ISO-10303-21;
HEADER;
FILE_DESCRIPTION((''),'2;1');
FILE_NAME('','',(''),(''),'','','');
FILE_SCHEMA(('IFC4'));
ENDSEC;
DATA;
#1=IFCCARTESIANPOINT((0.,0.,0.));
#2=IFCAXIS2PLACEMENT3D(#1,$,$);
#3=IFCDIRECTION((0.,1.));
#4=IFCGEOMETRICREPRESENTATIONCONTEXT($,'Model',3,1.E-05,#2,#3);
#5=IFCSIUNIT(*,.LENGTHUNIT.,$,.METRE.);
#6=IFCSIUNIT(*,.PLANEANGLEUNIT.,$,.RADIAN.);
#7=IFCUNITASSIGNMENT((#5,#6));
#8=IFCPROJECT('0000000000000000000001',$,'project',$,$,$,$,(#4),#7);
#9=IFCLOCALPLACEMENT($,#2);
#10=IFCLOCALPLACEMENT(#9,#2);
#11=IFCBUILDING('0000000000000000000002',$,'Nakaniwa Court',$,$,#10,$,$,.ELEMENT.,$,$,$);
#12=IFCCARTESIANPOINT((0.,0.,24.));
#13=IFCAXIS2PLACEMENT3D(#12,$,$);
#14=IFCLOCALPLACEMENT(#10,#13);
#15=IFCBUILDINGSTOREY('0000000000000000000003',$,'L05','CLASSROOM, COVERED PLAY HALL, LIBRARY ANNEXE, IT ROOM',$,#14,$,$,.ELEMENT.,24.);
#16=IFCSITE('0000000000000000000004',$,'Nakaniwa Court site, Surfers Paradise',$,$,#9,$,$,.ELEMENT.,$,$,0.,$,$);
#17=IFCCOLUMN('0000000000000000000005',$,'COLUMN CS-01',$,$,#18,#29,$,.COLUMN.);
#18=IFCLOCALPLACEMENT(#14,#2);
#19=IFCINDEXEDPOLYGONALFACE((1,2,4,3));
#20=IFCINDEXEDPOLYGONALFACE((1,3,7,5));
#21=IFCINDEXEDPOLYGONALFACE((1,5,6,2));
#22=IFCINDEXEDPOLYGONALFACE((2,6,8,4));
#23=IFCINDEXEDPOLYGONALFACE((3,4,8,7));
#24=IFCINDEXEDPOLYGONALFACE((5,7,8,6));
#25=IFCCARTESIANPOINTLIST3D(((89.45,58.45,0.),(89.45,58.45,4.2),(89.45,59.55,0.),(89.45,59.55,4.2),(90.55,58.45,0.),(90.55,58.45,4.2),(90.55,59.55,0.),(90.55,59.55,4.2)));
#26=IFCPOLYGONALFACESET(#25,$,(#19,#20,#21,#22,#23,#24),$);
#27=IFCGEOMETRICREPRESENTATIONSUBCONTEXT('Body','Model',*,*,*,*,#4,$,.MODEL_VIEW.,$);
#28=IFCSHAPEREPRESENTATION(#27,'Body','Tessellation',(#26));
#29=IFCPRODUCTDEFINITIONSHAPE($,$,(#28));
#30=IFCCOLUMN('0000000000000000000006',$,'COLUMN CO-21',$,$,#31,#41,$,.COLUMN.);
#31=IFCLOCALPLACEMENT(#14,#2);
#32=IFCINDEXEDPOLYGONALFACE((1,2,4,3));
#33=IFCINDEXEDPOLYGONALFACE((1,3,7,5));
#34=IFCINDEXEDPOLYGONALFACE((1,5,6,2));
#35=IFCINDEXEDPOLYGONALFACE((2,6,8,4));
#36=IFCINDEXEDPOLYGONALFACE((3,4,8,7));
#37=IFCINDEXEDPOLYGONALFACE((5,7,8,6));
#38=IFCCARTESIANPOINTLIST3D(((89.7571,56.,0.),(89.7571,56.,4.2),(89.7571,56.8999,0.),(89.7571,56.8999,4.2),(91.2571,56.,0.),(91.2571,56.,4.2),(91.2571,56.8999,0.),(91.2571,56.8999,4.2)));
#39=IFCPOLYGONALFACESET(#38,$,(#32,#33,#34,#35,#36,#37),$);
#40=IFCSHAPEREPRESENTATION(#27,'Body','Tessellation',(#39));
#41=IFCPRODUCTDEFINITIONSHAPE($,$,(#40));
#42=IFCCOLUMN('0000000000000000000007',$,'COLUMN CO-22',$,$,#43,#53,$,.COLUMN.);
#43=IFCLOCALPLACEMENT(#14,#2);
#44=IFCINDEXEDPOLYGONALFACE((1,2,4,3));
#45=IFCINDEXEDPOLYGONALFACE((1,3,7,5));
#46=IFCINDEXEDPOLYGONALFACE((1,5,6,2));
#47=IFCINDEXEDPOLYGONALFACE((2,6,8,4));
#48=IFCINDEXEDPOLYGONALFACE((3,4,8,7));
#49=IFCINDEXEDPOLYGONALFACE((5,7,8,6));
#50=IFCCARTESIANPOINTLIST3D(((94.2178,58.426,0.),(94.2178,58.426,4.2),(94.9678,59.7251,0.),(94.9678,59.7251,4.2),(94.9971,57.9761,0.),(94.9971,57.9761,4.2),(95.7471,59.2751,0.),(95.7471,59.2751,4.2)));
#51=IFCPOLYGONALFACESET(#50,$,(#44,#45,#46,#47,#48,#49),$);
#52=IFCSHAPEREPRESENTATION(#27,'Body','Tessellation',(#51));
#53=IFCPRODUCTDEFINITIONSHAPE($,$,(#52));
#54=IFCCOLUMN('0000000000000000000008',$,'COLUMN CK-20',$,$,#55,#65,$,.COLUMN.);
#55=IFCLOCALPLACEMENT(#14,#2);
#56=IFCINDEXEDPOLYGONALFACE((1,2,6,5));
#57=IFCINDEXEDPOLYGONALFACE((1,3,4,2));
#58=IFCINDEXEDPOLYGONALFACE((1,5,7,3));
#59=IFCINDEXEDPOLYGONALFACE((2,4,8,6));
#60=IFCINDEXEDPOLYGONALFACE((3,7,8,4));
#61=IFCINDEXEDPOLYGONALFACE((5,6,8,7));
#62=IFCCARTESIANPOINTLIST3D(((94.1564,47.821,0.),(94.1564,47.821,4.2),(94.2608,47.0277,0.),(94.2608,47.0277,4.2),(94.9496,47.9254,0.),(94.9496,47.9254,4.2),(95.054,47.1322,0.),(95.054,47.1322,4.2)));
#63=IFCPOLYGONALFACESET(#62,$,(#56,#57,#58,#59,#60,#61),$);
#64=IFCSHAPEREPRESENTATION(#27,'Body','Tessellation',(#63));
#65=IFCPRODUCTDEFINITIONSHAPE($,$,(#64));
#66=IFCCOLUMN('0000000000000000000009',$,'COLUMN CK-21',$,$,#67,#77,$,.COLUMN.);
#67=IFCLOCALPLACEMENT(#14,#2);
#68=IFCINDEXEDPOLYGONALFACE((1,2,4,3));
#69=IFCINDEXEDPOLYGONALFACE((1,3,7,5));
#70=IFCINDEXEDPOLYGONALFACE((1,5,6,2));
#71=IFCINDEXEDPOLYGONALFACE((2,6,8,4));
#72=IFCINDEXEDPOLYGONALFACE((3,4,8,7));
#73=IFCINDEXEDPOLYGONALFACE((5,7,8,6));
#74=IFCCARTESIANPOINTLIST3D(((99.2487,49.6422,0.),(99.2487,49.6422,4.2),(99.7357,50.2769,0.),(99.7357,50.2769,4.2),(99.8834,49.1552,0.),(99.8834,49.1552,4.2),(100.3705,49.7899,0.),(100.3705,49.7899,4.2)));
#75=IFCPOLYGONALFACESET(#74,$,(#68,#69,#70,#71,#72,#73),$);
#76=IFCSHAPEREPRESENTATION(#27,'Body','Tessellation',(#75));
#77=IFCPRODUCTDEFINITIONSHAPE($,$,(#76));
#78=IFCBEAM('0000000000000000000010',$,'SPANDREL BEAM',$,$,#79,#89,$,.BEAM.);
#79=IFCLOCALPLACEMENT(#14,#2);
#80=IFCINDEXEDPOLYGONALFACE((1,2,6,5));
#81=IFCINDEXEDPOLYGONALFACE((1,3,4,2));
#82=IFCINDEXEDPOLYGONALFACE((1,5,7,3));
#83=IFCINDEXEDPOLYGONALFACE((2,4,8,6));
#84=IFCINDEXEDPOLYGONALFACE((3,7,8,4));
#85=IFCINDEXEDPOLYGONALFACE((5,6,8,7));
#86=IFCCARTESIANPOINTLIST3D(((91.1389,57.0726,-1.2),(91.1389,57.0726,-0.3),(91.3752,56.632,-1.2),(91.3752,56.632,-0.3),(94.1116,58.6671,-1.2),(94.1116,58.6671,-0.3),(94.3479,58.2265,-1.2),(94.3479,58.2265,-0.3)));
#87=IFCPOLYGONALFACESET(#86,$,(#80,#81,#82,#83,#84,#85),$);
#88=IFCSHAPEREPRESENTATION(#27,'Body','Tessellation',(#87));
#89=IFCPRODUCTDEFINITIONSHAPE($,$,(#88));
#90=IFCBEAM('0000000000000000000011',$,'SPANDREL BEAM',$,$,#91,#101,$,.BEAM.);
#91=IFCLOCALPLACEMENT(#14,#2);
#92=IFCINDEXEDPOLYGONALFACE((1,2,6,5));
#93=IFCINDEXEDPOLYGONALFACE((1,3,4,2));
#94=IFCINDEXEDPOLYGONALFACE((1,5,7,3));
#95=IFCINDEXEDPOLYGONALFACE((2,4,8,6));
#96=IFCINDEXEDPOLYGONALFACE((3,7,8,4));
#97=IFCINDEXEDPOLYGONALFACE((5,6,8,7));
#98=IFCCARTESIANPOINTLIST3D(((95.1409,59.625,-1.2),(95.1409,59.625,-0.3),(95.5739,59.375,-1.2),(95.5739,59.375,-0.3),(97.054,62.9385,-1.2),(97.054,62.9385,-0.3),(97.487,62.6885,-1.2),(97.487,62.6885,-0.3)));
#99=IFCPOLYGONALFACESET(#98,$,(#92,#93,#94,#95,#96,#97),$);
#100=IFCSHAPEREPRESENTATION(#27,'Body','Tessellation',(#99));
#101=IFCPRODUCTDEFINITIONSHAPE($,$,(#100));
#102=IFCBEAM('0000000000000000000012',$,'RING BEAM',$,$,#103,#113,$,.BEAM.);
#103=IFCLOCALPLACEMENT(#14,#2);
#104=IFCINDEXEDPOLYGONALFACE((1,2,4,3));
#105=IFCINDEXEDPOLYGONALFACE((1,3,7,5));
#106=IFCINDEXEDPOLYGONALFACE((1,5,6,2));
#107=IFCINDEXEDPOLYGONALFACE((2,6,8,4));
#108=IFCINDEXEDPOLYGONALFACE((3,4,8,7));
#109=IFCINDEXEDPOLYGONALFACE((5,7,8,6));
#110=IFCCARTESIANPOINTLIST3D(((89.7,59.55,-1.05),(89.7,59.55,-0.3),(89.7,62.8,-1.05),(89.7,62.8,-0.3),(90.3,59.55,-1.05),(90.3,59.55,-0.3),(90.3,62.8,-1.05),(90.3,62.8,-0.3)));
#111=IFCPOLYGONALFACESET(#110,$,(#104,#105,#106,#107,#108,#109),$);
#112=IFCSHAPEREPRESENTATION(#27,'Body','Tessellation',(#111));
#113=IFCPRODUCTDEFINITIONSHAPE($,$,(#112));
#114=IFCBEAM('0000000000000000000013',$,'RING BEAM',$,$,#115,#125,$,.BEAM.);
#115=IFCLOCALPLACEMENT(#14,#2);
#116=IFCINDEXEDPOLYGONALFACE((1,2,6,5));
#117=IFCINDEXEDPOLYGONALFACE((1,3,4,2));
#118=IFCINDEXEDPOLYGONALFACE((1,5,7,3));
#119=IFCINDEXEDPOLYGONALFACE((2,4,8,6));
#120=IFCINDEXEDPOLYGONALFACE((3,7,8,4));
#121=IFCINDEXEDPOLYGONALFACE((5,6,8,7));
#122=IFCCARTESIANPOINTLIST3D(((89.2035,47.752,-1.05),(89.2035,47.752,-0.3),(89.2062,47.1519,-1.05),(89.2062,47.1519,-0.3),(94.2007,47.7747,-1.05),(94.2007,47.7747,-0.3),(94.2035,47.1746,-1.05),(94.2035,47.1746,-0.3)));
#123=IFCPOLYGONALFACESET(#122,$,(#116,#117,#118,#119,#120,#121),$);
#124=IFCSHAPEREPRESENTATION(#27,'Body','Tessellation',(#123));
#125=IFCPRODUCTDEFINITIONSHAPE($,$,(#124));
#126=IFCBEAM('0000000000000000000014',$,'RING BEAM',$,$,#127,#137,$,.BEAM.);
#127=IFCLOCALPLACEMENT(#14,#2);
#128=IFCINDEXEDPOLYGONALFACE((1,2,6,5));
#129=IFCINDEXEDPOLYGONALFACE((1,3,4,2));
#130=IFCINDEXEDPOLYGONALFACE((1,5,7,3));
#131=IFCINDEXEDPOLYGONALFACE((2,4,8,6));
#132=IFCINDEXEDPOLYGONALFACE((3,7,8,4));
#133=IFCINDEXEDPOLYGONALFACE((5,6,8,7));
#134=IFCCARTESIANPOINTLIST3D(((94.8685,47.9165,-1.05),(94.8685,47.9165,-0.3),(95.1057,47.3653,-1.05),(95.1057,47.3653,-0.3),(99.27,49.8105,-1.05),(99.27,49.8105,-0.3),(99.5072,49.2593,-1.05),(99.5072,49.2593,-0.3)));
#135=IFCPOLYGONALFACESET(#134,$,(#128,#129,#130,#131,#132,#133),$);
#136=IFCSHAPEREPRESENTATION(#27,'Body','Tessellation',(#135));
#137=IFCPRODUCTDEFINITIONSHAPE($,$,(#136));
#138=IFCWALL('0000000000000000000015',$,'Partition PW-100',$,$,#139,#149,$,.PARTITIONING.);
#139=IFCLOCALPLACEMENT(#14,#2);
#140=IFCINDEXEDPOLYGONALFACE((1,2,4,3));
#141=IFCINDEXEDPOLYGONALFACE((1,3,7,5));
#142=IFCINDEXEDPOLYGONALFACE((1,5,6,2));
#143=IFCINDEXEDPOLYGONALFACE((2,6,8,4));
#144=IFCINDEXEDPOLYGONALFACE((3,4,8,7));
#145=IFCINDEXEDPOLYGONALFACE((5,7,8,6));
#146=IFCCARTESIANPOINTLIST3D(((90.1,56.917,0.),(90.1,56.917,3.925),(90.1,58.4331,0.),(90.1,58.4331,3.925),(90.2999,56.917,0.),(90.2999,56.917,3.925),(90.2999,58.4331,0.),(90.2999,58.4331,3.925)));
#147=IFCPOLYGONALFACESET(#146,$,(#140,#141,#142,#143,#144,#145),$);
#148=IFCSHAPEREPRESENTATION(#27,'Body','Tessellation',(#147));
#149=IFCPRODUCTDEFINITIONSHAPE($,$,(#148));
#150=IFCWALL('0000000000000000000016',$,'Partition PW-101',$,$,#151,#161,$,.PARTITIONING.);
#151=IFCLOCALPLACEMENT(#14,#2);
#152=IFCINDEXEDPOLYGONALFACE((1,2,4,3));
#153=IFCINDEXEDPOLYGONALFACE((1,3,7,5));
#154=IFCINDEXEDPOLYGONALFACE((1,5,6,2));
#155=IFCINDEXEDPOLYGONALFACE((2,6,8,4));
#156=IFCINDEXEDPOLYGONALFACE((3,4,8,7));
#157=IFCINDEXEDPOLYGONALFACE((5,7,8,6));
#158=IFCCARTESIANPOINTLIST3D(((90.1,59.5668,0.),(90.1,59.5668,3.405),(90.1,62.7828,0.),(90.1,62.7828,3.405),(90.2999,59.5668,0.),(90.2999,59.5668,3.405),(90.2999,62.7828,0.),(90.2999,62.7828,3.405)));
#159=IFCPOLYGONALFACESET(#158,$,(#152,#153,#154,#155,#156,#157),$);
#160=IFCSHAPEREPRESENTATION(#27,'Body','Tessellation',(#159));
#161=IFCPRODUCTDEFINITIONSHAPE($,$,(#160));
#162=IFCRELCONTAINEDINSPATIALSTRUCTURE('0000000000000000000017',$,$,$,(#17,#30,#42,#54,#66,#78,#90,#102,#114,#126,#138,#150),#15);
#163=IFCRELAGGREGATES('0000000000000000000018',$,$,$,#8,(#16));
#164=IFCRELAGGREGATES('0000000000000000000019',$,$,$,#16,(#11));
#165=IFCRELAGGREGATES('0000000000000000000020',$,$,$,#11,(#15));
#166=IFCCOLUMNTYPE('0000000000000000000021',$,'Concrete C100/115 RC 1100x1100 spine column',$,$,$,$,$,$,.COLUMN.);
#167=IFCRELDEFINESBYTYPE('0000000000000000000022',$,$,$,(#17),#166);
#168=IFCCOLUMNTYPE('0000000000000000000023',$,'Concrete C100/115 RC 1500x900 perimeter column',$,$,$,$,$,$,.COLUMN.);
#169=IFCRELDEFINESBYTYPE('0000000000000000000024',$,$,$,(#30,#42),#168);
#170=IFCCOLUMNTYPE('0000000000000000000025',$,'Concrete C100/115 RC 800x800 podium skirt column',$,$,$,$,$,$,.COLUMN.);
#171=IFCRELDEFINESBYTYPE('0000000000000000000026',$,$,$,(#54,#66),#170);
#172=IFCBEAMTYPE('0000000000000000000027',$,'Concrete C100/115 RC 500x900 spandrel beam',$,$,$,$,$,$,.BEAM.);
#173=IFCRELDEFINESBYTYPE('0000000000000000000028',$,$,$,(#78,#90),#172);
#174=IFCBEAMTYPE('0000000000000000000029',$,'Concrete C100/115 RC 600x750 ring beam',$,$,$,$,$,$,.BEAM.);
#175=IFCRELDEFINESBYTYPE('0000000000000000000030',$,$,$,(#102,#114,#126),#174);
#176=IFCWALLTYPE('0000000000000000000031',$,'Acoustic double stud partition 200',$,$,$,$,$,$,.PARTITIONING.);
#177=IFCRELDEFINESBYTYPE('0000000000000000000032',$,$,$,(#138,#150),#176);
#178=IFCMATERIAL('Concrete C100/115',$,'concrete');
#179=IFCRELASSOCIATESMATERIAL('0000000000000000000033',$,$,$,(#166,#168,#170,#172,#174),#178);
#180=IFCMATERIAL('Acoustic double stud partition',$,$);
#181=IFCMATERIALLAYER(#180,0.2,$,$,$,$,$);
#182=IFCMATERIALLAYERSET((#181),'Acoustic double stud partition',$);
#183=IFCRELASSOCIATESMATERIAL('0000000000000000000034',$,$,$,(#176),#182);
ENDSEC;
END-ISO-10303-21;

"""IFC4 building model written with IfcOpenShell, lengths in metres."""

from ifc_helpers import new_model, si_unit, direction, frame, frame_2d, origin, origin_2d, place, context, subcontext, project, spatial, rectangle, extrude, material, layer, layer_set, material_profile, profile_set, type_object, element, save


model = new_model("IFC4")

# Units and contexts
model_context = context("Model", 3, precision=1e-05, world=origin(), true_north=direction((0.0, 1.0)))
body_context = subcontext(model_context, "Body", "Model", "MODEL_VIEW")
ifc_project = project(units=[si_unit("LENGTHUNIT", "METRE"), si_unit("PLANEANGLEUNIT", "RADIAN")], contexts=[model_context])

# Site, building, storey
site_placement = place(None, origin())
site = spatial("IfcSite", under=ifc_project, at=site_placement, Name="Nakaniwa Court site, Surfers Paradise", CompositionType="ELEMENT", RefElevation=0.0)
building_placement = place(site_placement, origin())
building = spatial("IfcBuilding", under=site, at=building_placement, Name="Nakaniwa Court", CompositionType="ELEMENT")
storey_placement = place(building_placement, frame((0.0, 0.0, 24.0)))
storey = spatial("IfcBuildingStorey", under=building, at=storey_placement, Name="L05", Description="CLASSROOM, COVERED PLAY HALL, LIBRARY ANNEXE, IT ROOM", CompositionType="ELEMENT", Elevation=24.0)

# Columns
ifc_material_1 = material(Name="Concrete C100/115", Category="concrete")
ifc_material_profile_1 = material_profile(ifc_material_1, rectangle(XDim=1.1001, YDim=1.1001, at=origin_2d()), Name="Concrete C100/115 RC 1100x1100 spine column")
ifc_profile_set_1 = profile_set([ifc_material_profile_1], Name="Concrete C100/115")
column_type_1 = type_object("IfcColumnType", Name="Concrete C100/115 RC 1100x1100 spine column", PredefinedType="COLUMN", material=ifc_profile_set_1)
column_placement = place(storey_placement, frame((90.0, 59.0, 0.0), z_axis=(0.0, 0.0, 1.0), x_axis=(0.0, 1.0, 0.0)))
element("IfcColumn", 1, at=column_placement, inside=storey, type_object=column_type_1, Name="COLUMN CS-01", PredefinedType="COLUMN", context=body_context, shape_type="SweptSolid", body=[
    extrude(rectangle(XDim=1.1001, YDim=1.1001, at=origin_2d()), origin(), (0.0, 0.0, 1.0), 4.2),
])
ifc_material_profile_2 = material_profile(ifc_material_1, rectangle(XDim=1.5, YDim=0.8999, at=origin_2d()), Name="Concrete C100/115 RC 1500x900 perimeter column")
ifc_profile_set_2 = profile_set([ifc_material_profile_2], Name="Concrete C100/115")
column_type_2 = type_object("IfcColumnType", Name="Concrete C100/115 RC 1500x900 perimeter column", PredefinedType="COLUMN", material=ifc_profile_set_2)
for number, where, z_axis, x_axis, name in (
    (2, (90.5071, 56.45, 0.0), (0.0, 0.0, 1.0), (1.0, 0.0, 0.0), "COLUMN CO-21"),
    (3, (94.9824, 58.8506, 0.0), (0.0, 0.0, 1.0), (0.5, 0.866025, 0.0), "COLUMN CO-22"),
):
    element("IfcColumn", number, at=place(storey_placement, frame(where, z_axis=z_axis, x_axis=x_axis)), inside=storey, type_object=column_type_2, Name=name, PredefinedType="COLUMN", context=body_context, shape_type="SweptSolid", body=[
        extrude(rectangle(XDim=1.5, YDim=0.8999, at=origin_2d()), origin(), (0.0, 0.0, 1.0), 4.2),
    ])
ifc_material_profile_3 = material_profile(ifc_material_1, rectangle(XDim=0.8, YDim=0.8, at=origin_2d()), Name="Concrete C100/115 RC 800x800 podium skirt column")
ifc_profile_set_3 = profile_set([ifc_material_profile_3], Name="Concrete C100/115")
column_type_3 = type_object("IfcColumnType", Name="Concrete C100/115 RC 800x800 podium skirt column", PredefinedType="COLUMN", material=ifc_profile_set_3)
for number, where, z_axis, x_axis, name in (
    (4, (94.6052, 47.4766, 0.0), (0.0, 0.0, 1.0), (0.991445, 0.130526, 0.0), "COLUMN CK-20"),
    (5, (99.8096, 49.7161, 0.0), (0.0, 0.0, 1.0), (0.608761, 0.793353, 0.0), "COLUMN CK-21"),
):
    element("IfcColumn", number, at=place(storey_placement, frame(where, z_axis=z_axis, x_axis=x_axis)), inside=storey, type_object=column_type_3, Name=name, PredefinedType="COLUMN", context=body_context, shape_type="SweptSolid", body=[
        extrude(rectangle(XDim=0.8, YDim=0.8, at=origin_2d()), origin(), (0.0, 0.0, 1.0), 4.2),
    ])

# Beams
ifc_material_profile_4 = material_profile(ifc_material_1, rectangle(XDim=0.5, YDim=0.8999, at=origin_2d()), Name="Concrete C100/115 RC 500x900 spandrel beam")
ifc_profile_set_4 = profile_set([ifc_material_profile_4], Name="Concrete C100/115")
beam_type_1 = type_object("IfcBeamType", Name="Concrete C100/115 RC 500x900 spandrel beam", PredefinedType="BEAM", material=ifc_profile_set_4)
beam_1_placement = place(storey_placement, frame((91.2571, 56.8523, -0.75), z_axis=(0.881235, 0.472679, 0.0), x_axis=(-0.472679, 0.881235, 0.0)))
element("IfcBeam", 6, at=beam_1_placement, inside=storey, type_object=beam_type_1, Name="SPANDREL BEAM", PredefinedType="BEAM", context=body_context, shape_type="SweptSolid", body=[
    extrude(rectangle(XDim=0.5, YDim=0.8999, at=origin_2d()), origin(), (0.0, 0.0, 1.0), 3.3733),
])
beam_2_placement = place(storey_placement, frame((95.3574, 59.5, -0.75), z_axis=(0.50001, 0.86602, 0.0), x_axis=(-0.86602, 0.50001, 0.0)))
element("IfcBeam", 7, at=beam_2_placement, inside=storey, type_object=beam_type_1, Name="SPANDREL BEAM", PredefinedType="BEAM", context=body_context, shape_type="SweptSolid", body=[
    extrude(rectangle(XDim=0.5, YDim=0.8999, at=origin_2d()), origin(), (0.0, 0.0, 1.0), 3.8262),
])
ifc_material_profile_5 = material_profile(ifc_material_1, rectangle(XDim=0.6001, YDim=0.75, at=origin_2d()), Name="Concrete C100/115 RC 600x750 ring beam")
ifc_profile_set_5 = profile_set([ifc_material_profile_5], Name="Concrete C100/115")
beam_type_2 = type_object("IfcBeamType", Name="Concrete C100/115 RC 600x750 ring beam", PredefinedType="BEAM", material=ifc_profile_set_5)
beam_3_placement = place(storey_placement, frame((90.0, 59.55, -0.675), z_axis=(0.0, 1.0, 0.0), x_axis=(-1.0, 0.0, 0.0)))
element("IfcBeam", 8, at=beam_3_placement, inside=storey, type_object=beam_type_2, Name="RING BEAM", PredefinedType="BEAM", context=body_context, shape_type="SweptSolid", body=[
    extrude(rectangle(XDim=0.6001, YDim=0.75, at=origin_2d()), origin(), (0.0, 0.0, 1.0), 3.25),
])
beam_4_placement = place(storey_placement, frame((89.2048, 47.4519, -0.675), z_axis=(0.99999, 0.004543, 0.0), x_axis=(-0.004543, 0.99999, 0.0)))
element("IfcBeam", 9, at=beam_4_placement, inside=storey, type_object=beam_type_2, Name="RING BEAM", PredefinedType="BEAM", context=body_context, shape_type="SweptSolid", body=[
    extrude(rectangle(XDim=0.6001, YDim=0.75, at=origin_2d()), origin(), (0.0, 0.0, 1.0), 4.9973),
])
beam_5_placement = place(storey_placement, frame((94.9871, 47.6409, -0.675), z_axis=(0.918567, 0.395266, 0.0), x_axis=(-0.395266, 0.918567, 0.0)))
element("IfcBeam", 10, at=beam_5_placement, inside=storey, type_object=beam_type_2, Name="RING BEAM", PredefinedType="BEAM", context=body_context, shape_type="SweptSolid", body=[
    extrude(rectangle(XDim=0.6001, YDim=0.75, at=origin_2d()), origin(), (0.0, 0.0, 1.0), 4.7917),
])

# Walls
ifc_material_2 = material(Name="Acoustic double stud partition")
ifc_layer_1 = layer(ifc_material_2, 0.2)
ifc_layer_set_1 = layer_set([ifc_layer_1], Name="Acoustic double stud partition")
wall_type_1 = type_object("IfcWallType", Name="Acoustic double stud partition 200", PredefinedType="PARTITIONING", material=ifc_layer_set_1)
wall_1_placement = place(storey_placement, frame((90.2, 56.917, 0.0), z_axis=(0.0, 0.0, 1.0), x_axis=(0.0, 1.0, 0.0)))
element("IfcWall", 11, at=wall_1_placement, inside=storey, type_object=wall_type_1, Name="Partition PW-100", PredefinedType="PARTITIONING", context=body_context, shape_type="SweptSolid", body=[
    extrude(rectangle(XDim=1.5161, YDim=0.2, at=frame_2d((0.7581, 0.0))), origin(), (0.0, 0.0, 1.0), 3.925),
])
wall_2_placement = place(storey_placement, frame((90.2, 59.5669, 0.0), z_axis=(0.0, 0.0, 1.0), x_axis=(0.0, 1.0, 0.0)))
element("IfcWall", 12, at=wall_2_placement, inside=storey, type_object=wall_type_1, Name="Partition PW-101", PredefinedType="PARTITIONING", context=body_context, shape_type="SweptSolid", body=[
    extrude(rectangle(XDim=3.2161, YDim=0.2, at=frame_2d((1.6079, 0.0))), origin(), (0.0, 0.0, 1.0), 3.405),
])

save(model, "model.ifc")
